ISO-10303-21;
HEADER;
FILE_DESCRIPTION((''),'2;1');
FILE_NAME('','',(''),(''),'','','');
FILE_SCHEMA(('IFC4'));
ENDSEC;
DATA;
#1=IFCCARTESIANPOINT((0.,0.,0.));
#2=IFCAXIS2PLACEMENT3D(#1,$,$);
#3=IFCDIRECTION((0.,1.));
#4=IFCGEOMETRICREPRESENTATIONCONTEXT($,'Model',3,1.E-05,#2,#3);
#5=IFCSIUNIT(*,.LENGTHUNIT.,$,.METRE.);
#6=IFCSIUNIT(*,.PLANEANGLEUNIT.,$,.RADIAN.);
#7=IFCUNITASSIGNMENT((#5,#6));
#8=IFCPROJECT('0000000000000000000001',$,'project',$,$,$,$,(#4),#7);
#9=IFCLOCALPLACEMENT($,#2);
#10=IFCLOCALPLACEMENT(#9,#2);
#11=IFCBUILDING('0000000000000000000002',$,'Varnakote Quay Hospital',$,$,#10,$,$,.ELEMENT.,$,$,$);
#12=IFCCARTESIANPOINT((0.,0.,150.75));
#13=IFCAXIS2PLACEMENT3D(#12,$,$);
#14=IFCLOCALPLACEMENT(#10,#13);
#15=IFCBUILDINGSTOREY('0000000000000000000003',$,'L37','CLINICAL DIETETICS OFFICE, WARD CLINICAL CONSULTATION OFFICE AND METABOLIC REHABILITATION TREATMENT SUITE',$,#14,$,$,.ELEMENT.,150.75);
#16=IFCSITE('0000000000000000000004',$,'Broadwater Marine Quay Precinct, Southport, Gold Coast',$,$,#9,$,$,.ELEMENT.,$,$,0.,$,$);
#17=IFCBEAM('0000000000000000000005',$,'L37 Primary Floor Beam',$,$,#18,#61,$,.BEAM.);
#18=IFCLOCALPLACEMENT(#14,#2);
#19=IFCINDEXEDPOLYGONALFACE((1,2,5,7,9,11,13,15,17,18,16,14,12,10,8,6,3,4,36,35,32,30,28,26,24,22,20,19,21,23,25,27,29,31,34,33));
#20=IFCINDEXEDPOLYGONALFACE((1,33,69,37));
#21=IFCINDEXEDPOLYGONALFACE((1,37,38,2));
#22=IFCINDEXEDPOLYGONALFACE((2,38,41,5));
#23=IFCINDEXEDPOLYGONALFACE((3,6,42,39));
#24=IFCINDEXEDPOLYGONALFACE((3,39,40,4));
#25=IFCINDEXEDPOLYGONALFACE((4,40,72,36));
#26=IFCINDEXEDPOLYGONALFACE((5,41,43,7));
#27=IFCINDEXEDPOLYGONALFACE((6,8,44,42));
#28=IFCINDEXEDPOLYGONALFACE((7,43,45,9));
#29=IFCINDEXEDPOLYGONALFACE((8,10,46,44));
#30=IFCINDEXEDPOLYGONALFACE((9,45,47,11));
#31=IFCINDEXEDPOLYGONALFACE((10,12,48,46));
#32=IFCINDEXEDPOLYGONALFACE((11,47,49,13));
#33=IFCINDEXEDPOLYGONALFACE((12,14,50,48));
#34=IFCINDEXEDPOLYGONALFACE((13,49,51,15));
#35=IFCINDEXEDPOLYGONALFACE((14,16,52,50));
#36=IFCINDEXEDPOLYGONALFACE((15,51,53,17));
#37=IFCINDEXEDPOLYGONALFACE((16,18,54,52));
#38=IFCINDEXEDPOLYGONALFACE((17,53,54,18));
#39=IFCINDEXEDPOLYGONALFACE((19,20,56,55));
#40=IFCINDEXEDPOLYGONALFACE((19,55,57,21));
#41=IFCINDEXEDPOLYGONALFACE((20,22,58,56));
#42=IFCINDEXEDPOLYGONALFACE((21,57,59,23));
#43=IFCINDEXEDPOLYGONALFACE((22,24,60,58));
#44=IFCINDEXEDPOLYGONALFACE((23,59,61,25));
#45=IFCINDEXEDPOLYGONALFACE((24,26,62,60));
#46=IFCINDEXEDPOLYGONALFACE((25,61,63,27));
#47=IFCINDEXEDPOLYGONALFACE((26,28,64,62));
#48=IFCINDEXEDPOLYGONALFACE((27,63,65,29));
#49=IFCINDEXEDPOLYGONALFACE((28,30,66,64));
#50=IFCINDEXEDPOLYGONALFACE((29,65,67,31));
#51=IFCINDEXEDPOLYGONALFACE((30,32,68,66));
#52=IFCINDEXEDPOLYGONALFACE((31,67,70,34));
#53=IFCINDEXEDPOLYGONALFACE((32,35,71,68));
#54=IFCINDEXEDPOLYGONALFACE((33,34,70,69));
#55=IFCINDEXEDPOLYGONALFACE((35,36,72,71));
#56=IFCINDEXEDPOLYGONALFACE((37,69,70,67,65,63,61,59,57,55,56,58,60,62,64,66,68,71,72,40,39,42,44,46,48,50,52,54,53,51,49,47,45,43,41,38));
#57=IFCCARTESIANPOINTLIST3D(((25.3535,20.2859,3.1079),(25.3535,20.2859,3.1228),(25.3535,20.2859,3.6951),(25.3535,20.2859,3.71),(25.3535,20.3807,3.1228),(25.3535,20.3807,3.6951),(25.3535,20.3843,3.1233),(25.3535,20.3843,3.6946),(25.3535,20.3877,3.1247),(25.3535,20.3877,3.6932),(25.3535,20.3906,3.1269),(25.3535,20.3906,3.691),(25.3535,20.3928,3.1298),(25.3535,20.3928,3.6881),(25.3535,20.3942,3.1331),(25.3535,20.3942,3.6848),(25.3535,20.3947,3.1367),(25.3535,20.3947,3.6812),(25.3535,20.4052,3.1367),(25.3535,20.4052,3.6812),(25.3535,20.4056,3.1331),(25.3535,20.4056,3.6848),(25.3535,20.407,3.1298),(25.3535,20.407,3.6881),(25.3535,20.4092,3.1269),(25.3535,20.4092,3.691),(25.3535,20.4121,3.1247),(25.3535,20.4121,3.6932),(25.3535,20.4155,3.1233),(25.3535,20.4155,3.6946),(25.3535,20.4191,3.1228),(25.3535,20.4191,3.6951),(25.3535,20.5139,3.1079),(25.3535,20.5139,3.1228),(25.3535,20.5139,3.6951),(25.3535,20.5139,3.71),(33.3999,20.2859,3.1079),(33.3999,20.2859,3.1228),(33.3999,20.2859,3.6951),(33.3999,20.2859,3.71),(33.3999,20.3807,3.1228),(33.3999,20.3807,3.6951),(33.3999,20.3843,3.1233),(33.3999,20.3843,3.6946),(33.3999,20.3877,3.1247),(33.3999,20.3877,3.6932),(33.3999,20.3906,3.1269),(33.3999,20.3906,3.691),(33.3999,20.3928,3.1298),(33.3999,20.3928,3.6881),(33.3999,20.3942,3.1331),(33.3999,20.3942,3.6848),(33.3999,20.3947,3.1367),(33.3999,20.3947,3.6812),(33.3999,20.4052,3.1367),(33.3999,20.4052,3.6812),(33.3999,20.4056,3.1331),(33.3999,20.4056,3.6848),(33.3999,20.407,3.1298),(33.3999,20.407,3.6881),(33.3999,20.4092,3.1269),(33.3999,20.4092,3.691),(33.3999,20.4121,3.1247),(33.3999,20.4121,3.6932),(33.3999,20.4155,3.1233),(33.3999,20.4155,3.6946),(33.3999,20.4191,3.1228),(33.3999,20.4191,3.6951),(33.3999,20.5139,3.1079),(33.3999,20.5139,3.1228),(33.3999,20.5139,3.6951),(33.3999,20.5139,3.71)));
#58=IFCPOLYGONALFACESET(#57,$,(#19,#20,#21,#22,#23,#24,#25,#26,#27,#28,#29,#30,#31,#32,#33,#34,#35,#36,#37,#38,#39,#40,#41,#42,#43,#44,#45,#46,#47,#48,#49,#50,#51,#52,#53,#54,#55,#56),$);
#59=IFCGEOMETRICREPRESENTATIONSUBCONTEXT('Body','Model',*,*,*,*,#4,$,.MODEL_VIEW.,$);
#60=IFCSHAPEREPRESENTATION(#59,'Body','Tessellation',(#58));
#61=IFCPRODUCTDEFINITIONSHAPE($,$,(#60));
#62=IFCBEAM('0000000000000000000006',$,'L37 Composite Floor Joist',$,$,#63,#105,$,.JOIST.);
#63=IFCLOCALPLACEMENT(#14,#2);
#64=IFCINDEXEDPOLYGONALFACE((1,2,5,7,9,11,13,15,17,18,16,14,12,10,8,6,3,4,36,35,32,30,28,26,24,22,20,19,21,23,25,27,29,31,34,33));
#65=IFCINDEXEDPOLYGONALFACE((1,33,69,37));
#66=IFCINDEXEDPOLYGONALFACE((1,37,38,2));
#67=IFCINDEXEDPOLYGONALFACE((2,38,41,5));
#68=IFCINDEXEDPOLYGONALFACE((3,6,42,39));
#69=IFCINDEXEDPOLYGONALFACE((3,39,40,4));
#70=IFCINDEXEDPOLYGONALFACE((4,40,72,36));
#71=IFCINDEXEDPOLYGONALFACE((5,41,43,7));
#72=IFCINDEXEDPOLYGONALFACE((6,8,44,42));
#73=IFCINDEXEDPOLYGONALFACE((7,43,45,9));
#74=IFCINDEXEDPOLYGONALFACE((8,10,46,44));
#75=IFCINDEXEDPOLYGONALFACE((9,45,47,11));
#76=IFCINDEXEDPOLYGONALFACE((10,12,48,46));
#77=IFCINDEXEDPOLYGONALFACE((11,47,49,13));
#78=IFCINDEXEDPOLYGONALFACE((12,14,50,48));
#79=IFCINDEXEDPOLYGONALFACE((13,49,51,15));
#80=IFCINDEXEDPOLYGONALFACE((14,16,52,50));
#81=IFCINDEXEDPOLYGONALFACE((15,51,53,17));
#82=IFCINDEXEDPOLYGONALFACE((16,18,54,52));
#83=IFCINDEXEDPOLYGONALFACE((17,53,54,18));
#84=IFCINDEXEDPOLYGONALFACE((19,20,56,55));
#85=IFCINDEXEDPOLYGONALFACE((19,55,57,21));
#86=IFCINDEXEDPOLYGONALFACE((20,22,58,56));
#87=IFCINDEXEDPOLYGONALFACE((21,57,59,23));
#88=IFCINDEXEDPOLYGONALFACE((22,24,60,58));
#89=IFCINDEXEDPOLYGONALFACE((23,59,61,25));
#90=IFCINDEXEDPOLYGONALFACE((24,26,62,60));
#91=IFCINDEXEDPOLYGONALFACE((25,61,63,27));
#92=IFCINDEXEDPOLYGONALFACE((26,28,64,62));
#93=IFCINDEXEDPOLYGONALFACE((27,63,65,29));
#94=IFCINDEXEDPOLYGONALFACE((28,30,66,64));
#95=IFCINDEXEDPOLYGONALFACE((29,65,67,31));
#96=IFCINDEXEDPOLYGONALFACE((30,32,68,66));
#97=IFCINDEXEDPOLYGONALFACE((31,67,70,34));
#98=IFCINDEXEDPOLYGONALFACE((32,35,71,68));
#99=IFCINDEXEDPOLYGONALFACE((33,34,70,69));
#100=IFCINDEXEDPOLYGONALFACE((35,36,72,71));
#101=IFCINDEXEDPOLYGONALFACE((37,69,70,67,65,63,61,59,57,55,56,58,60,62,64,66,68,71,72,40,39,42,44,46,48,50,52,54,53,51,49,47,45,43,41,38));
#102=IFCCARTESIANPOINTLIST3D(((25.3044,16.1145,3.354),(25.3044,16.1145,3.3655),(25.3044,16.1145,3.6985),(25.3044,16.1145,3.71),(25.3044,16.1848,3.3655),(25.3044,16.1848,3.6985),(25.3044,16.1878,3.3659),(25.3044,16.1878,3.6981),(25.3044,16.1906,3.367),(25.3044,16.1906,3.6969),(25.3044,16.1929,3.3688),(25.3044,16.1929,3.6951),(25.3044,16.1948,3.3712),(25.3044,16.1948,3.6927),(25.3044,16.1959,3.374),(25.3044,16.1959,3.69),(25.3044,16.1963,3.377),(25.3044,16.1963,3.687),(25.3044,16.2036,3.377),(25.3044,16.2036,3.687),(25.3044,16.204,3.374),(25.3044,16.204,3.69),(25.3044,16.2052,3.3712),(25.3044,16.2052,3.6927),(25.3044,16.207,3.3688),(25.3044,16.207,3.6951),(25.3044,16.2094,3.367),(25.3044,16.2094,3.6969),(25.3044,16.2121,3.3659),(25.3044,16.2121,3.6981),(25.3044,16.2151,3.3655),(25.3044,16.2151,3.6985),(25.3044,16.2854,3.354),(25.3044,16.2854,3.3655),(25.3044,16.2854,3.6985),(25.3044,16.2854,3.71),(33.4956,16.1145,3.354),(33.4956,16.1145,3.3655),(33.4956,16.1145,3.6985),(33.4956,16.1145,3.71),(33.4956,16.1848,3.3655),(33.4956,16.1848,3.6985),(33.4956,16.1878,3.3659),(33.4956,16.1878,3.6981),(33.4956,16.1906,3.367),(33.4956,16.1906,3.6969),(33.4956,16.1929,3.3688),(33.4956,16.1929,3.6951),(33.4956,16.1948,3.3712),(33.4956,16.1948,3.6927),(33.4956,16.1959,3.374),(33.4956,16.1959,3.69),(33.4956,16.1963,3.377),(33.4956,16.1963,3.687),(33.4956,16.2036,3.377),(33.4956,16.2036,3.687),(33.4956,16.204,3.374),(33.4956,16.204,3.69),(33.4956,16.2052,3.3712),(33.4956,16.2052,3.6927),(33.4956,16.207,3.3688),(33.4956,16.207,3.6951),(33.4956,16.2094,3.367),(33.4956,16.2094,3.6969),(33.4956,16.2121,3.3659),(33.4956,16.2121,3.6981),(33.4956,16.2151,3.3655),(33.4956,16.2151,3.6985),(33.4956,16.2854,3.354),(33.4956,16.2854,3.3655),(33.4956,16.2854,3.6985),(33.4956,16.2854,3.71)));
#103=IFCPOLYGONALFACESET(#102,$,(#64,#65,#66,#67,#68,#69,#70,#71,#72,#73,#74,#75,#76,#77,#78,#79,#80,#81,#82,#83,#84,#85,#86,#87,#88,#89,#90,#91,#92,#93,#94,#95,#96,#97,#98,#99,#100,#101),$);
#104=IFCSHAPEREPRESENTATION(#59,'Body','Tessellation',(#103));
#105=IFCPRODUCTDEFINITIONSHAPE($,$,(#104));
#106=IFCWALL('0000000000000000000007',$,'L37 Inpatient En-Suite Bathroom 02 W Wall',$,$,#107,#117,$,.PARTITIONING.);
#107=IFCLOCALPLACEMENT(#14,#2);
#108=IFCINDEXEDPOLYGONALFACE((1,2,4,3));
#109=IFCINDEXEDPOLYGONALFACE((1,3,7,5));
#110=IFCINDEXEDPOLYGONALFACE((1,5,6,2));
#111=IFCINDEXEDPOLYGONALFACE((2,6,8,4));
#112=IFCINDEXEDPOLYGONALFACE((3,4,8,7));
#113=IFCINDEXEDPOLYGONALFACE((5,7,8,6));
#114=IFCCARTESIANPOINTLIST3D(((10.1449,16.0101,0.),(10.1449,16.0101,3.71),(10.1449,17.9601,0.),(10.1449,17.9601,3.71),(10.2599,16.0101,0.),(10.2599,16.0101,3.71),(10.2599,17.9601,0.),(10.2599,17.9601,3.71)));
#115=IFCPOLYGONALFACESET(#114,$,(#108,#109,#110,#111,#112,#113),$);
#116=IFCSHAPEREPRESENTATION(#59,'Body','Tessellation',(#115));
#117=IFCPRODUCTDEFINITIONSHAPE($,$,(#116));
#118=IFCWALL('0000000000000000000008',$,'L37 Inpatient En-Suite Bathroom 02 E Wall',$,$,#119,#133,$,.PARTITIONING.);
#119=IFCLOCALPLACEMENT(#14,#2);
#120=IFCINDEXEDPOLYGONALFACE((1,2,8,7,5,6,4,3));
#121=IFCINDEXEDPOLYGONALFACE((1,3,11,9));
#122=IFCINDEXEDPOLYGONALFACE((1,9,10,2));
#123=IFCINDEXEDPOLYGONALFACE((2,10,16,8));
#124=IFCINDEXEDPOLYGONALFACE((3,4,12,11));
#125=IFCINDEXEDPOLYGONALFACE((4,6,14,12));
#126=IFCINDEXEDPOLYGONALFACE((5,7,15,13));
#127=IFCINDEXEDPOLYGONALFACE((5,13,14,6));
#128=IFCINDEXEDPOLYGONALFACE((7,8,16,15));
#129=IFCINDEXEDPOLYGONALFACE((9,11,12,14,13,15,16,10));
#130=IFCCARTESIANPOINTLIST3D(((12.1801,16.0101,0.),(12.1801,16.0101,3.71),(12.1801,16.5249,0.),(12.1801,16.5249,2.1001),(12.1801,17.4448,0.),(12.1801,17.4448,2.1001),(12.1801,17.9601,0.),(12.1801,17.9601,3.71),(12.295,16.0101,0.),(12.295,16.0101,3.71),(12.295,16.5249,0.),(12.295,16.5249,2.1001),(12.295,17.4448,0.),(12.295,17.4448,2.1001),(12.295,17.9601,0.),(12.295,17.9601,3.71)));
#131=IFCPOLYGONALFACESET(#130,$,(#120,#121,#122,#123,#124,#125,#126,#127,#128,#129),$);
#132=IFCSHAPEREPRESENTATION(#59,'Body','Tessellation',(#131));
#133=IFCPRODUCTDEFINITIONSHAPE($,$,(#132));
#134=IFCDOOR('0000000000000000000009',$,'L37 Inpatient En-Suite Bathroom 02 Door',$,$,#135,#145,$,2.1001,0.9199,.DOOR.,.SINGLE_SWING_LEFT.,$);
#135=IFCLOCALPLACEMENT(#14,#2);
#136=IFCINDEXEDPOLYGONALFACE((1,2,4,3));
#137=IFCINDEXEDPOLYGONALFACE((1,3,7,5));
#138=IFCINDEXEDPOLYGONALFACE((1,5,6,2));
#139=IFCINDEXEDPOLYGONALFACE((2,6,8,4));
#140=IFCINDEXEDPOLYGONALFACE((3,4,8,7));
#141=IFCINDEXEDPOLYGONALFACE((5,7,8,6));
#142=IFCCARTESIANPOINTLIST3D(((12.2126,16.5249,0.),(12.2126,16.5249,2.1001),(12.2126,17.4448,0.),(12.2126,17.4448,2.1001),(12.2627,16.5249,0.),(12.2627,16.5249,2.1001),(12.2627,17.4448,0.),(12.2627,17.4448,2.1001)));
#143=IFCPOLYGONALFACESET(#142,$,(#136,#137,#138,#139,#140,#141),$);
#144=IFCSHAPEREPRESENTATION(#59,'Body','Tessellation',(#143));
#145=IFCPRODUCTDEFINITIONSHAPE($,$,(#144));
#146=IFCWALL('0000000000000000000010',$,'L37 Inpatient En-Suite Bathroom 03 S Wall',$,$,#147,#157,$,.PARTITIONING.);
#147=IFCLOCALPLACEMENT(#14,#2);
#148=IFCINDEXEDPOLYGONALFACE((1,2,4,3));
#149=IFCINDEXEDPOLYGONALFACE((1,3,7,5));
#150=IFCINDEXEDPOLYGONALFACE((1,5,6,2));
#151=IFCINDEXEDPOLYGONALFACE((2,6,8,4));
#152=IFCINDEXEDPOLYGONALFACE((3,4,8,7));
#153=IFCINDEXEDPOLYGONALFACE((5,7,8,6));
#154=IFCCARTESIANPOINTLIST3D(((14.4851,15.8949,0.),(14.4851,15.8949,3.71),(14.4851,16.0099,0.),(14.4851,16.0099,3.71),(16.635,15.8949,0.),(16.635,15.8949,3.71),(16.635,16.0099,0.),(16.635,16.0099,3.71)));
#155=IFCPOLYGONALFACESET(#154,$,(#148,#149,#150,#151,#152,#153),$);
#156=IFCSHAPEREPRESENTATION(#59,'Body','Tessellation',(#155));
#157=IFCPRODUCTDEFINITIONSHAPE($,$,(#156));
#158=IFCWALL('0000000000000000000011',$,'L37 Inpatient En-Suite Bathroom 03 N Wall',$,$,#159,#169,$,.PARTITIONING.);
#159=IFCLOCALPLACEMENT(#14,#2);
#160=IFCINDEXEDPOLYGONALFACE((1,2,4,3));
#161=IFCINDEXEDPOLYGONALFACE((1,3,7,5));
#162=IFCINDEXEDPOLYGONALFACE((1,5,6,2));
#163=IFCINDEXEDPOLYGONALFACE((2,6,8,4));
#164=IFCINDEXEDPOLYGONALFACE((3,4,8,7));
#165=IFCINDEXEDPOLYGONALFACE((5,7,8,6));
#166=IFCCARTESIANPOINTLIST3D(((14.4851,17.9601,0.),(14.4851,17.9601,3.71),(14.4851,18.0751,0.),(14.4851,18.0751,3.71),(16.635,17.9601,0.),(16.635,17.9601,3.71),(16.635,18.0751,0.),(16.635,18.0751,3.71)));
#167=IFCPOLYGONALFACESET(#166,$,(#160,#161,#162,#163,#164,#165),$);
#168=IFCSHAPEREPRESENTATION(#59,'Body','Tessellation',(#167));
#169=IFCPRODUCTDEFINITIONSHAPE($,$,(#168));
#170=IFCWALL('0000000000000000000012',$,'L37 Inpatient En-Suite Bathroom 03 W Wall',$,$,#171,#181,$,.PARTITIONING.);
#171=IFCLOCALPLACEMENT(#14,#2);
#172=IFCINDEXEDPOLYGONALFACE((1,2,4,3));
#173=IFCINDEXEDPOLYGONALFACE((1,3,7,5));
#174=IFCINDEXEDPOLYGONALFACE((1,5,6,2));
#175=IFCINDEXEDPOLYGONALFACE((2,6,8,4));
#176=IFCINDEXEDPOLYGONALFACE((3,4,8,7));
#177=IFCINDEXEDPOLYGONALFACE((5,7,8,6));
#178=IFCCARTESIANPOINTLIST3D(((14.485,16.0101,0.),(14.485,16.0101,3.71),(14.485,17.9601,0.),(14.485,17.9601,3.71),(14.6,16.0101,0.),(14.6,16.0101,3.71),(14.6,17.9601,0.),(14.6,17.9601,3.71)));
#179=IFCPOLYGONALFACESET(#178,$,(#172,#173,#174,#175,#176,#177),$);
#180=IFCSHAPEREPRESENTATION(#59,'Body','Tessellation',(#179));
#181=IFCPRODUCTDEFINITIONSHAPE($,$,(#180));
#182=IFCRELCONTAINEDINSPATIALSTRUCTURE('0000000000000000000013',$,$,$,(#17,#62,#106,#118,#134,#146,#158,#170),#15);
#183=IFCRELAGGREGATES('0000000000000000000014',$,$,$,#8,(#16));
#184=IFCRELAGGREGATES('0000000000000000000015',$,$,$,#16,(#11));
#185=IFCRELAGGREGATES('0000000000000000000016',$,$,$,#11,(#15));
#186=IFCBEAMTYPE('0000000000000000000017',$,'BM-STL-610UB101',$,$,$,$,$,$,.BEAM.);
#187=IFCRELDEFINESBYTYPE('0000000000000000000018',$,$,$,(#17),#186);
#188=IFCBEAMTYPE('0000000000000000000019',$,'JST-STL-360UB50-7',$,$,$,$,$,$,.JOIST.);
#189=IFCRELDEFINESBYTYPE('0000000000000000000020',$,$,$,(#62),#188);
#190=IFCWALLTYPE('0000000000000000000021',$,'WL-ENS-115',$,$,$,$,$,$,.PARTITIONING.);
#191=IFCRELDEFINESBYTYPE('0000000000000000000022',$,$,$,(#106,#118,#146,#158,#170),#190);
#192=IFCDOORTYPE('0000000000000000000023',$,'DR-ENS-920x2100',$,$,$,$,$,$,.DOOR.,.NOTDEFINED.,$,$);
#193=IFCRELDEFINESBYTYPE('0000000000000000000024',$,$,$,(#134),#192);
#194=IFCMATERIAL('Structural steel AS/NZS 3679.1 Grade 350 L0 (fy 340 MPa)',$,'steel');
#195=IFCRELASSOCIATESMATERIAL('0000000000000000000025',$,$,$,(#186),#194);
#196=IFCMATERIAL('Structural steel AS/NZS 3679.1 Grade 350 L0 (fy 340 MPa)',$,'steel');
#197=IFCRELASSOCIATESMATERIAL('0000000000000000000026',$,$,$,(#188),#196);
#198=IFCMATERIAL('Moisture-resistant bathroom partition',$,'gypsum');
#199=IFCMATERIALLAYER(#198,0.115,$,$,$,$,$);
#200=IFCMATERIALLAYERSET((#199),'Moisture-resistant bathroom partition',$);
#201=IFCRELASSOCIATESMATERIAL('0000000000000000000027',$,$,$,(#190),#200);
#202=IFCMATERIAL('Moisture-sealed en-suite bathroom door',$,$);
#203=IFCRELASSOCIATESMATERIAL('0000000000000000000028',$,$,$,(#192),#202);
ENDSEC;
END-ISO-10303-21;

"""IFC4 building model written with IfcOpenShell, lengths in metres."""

from ifc_helpers import new_model, si_unit, direction, frame, frame_2d, origin, origin_2d, place, context, subcontext, project, spatial, rectangle, i_section, extrude, material, layer, layer_set, material_profile, profile_set, type_object, element, fill, save


model = new_model("IFC4")

# Units and contexts
model_context = context("Model", 3, precision=1e-05, world=origin(), true_north=direction((0.0, 1.0)))
body_context = subcontext(model_context, "Body", "Model", "MODEL_VIEW")
ifc_project = project(units=[si_unit("LENGTHUNIT", "METRE"), si_unit("PLANEANGLEUNIT", "RADIAN")], contexts=[model_context])

# Site, building, storey
site_placement = place(None, origin())
site = spatial("IfcSite", under=ifc_project, at=site_placement, Name="Broadwater Marine Quay Precinct, Southport, Gold Coast", CompositionType="ELEMENT", RefElevation=0.0)
building_placement = place(site_placement, origin())
building = spatial("IfcBuilding", under=site, at=building_placement, Name="Varnakote Quay Hospital", CompositionType="ELEMENT")
storey_placement = place(building_placement, frame((0.0, 0.0, 150.75)))
storey = spatial("IfcBuildingStorey", under=building, at=storey_placement, Name="L37", Description="CLINICAL DIETETICS OFFICE, WARD CLINICAL CONSULTATION OFFICE AND METABOLIC REHABILITATION TREATMENT SUITE", CompositionType="ELEMENT", Elevation=150.75)

# Beams
ifc_material_1 = material(Name="Structural steel AS/NZS 3679.1 Grade 350 L0 (fy 340 MPa)", Category="steel")
ifc_material_profile_1 = material_profile(ifc_material_1, i_section(OverallWidth=0.228, OverallDepth=0.6021, WebThickness=0.0105, FlangeThickness=0.0149, FilletRadius=0.0139, at=origin_2d()), Name="610UB101")
ifc_profile_set_1 = profile_set([ifc_material_profile_1], Name="Structural steel AS/NZS 3679.1 Grade 350 L0 (fy 340 MPa)")
beam_type_1 = type_object("IfcBeamType", Name="BM-STL-610UB101", PredefinedType="BEAM", material=ifc_profile_set_1)
for number, where, z_axis, x_axis, name in (
    (1, (25.3535, 20.3999, 3.4089), (1.0, 0.0, 0.0), (0.0, 1.0, 0.0), "L37 Primary Floor Beam"),
):
    element("IfcBeam", number, at=place(storey_placement, frame(where, z_axis=z_axis, x_axis=x_axis)), inside=storey, type_object=beam_type_1, Name=name, PredefinedType="BEAM", context=body_context, shape_type="SweptSolid", body=[
        extrude(i_section(OverallWidth=0.228, OverallDepth=0.6021, WebThickness=0.0105, FlangeThickness=0.0149, FilletRadius=0.0139, at=origin_2d()), origin(), (0.0, 0.0, 1.0), 8.0464),
    ])
ifc_material_2 = material(Name="Structural steel AS/NZS 3679.1 Grade 350 L0 (fy 340 MPa)", Category="steel")
ifc_material_profile_2 = material_profile(ifc_material_2, i_section(OverallWidth=0.1709, OverallDepth=0.356, WebThickness=0.0073, FlangeThickness=0.0115, FilletRadius=0.0115, at=origin_2d()), Name="360UB50.7")
ifc_profile_set_2 = profile_set([ifc_material_profile_2], Name="Structural steel AS/NZS 3679.1 Grade 350 L0 (fy 340 MPa)")
beam_type_2 = type_object("IfcBeamType", Name="JST-STL-360UB50-7", PredefinedType="JOIST", material=ifc_profile_set_2)
beam_1_placement = place(storey_placement, frame((25.3044, 16.2, 3.532), z_axis=(1.0, 0.0, 0.0), x_axis=(0.0, 1.0, 0.0)))
element("IfcBeam", 2, at=beam_1_placement, inside=storey, type_object=beam_type_2, Name="L37 Composite Floor Joist", PredefinedType="JOIST", context=body_context, shape_type="SweptSolid", body=[
    extrude(i_section(OverallWidth=0.1709, OverallDepth=0.356, WebThickness=0.0073, FlangeThickness=0.0115, FilletRadius=0.0115, at=origin_2d()), origin(), (0.0, 0.0, 1.0), 8.1912),
])

# Wall
ifc_material_3 = material(Name="Moisture-resistant bathroom partition", Category="gypsum")
ifc_layer_1 = layer(ifc_material_3, 0.115)
ifc_layer_set_1 = layer_set([ifc_layer_1], Name="Moisture-resistant bathroom partition")
wall_type_1 = type_object("IfcWallType", Name="WL-ENS-115", PredefinedType="PARTITIONING", material=ifc_layer_set_1)
wall_1_placement = place(storey_placement, frame((10.2024, 16.01, 0.0), z_axis=(0.0, 0.0, 1.0), x_axis=(0.0, 1.0, 0.0)))
element("IfcWall", 3, at=wall_1_placement, inside=storey, type_object=wall_type_1, Name="L37 Inpatient En-Suite Bathroom 02 W Wall", PredefinedType="PARTITIONING", context=body_context, shape_type="SweptSolid", body=[
    extrude(rectangle(XDim=1.95, YDim=0.115, at=frame_2d((0.9751, 0.0))), origin(), (0.0, 0.0, 1.0), 3.71),
])

# Wall, opening, door
wall_2_placement = place(storey_placement, frame((12.2375, 16.01, 0.0), z_axis=(0.0, 0.0, 1.0), x_axis=(0.0, 1.0, 0.0)))
wall_2 = element("IfcWall", 4, at=wall_2_placement, inside=storey, type_object=wall_type_1, Name="L37 Inpatient En-Suite Bathroom 02 E Wall", PredefinedType="PARTITIONING", context=body_context, shape_type="SweptSolid", body=[
    extrude(rectangle(XDim=1.95, YDim=0.115, at=frame_2d((0.9751, 0.0))), origin(), (0.0, 0.0, 1.0), 3.71),
])
opening_1_placement = place(wall_2_placement, frame((0.5149, 0.0, 0.0)))
opening_1 = element("IfcOpeningElement", 5, at=opening_1_placement, cuts=wall_2, PredefinedType="OPENING", context=body_context, shape_type="SweptSolid", body=[
    extrude(rectangle(XDim=0.9199, YDim=2.1001, at=frame_2d((0.46, 1.05))), frame((0.0, 0.0674, 0.0), z_axis=(0.0, -1.0, 0.0), x_axis=(1.0, 0.0, 0.0)), (0.0, 0.0, 1.0), 0.135),
])
ifc_material_4 = material(Name="Moisture-sealed en-suite bathroom door")
door_type_1 = type_object("IfcDoorType", Name="DR-ENS-920x2100", OperationType="NOTDEFINED", PredefinedType="DOOR", material=ifc_material_4)
door_1_placement = place(opening_1_placement, origin())
door_1 = element("IfcDoor", 6, at=door_1_placement, inside=storey, type_object=door_type_1, Name="L37 Inpatient En-Suite Bathroom 02 Door", OperationType="SINGLE_SWING_LEFT", OverallHeight=2.1001, OverallWidth=0.9199, PredefinedType="DOOR", context=body_context, shape_type="SweptSolid", body=[
    extrude(rectangle(XDim=0.9199, YDim=2.1001, at=frame_2d((0.46, 1.05))), frame((0.0, 0.0249, 0.0), z_axis=(0.0, -1.0, 0.0), x_axis=(1.0, 0.0, 0.0)), (0.0, 0.0, 1.0), 0.05),
])
fill(opening_1, door_1)

# Walls
for number, where, z_axis, x_axis, name in (
    (7, (14.4851, 15.9524, 0.0), (0.0, 0.0, 1.0), (1.0, 0.0, 0.0), "L37 Inpatient En-Suite Bathroom 03 S Wall"),
    (8, (14.4851, 18.0176, 0.0), (0.0, 0.0, 1.0), (1.0, 0.0, 0.0), "L37 Inpatient En-Suite Bathroom 03 N Wall"),
):
    element("IfcWall", number, at=place(storey_placement, frame(where, z_axis=z_axis, x_axis=x_axis)), inside=storey, type_object=wall_type_1, Name=name, PredefinedType="PARTITIONING", context=body_context, shape_type="SweptSolid", body=[
        extrude(rectangle(XDim=2.1499, YDim=0.115, at=frame_2d((1.075, 0.0))), origin(), (0.0, 0.0, 1.0), 3.71),
    ])
wall_3_placement = place(storey_placement, frame((14.5425, 16.01, 0.0), z_axis=(0.0, 0.0, 1.0), x_axis=(0.0, 1.0, 0.0)))
element("IfcWall", 9, at=wall_3_placement, inside=storey, type_object=wall_type_1, Name="L37 Inpatient En-Suite Bathroom 03 W Wall", PredefinedType="PARTITIONING", context=body_context, shape_type="SweptSolid", body=[
    extrude(rectangle(XDim=1.95, YDim=0.115, at=frame_2d((0.9751, 0.0))), origin(), (0.0, 0.0, 1.0), 3.71),
])

save(model, "model.ifc")
